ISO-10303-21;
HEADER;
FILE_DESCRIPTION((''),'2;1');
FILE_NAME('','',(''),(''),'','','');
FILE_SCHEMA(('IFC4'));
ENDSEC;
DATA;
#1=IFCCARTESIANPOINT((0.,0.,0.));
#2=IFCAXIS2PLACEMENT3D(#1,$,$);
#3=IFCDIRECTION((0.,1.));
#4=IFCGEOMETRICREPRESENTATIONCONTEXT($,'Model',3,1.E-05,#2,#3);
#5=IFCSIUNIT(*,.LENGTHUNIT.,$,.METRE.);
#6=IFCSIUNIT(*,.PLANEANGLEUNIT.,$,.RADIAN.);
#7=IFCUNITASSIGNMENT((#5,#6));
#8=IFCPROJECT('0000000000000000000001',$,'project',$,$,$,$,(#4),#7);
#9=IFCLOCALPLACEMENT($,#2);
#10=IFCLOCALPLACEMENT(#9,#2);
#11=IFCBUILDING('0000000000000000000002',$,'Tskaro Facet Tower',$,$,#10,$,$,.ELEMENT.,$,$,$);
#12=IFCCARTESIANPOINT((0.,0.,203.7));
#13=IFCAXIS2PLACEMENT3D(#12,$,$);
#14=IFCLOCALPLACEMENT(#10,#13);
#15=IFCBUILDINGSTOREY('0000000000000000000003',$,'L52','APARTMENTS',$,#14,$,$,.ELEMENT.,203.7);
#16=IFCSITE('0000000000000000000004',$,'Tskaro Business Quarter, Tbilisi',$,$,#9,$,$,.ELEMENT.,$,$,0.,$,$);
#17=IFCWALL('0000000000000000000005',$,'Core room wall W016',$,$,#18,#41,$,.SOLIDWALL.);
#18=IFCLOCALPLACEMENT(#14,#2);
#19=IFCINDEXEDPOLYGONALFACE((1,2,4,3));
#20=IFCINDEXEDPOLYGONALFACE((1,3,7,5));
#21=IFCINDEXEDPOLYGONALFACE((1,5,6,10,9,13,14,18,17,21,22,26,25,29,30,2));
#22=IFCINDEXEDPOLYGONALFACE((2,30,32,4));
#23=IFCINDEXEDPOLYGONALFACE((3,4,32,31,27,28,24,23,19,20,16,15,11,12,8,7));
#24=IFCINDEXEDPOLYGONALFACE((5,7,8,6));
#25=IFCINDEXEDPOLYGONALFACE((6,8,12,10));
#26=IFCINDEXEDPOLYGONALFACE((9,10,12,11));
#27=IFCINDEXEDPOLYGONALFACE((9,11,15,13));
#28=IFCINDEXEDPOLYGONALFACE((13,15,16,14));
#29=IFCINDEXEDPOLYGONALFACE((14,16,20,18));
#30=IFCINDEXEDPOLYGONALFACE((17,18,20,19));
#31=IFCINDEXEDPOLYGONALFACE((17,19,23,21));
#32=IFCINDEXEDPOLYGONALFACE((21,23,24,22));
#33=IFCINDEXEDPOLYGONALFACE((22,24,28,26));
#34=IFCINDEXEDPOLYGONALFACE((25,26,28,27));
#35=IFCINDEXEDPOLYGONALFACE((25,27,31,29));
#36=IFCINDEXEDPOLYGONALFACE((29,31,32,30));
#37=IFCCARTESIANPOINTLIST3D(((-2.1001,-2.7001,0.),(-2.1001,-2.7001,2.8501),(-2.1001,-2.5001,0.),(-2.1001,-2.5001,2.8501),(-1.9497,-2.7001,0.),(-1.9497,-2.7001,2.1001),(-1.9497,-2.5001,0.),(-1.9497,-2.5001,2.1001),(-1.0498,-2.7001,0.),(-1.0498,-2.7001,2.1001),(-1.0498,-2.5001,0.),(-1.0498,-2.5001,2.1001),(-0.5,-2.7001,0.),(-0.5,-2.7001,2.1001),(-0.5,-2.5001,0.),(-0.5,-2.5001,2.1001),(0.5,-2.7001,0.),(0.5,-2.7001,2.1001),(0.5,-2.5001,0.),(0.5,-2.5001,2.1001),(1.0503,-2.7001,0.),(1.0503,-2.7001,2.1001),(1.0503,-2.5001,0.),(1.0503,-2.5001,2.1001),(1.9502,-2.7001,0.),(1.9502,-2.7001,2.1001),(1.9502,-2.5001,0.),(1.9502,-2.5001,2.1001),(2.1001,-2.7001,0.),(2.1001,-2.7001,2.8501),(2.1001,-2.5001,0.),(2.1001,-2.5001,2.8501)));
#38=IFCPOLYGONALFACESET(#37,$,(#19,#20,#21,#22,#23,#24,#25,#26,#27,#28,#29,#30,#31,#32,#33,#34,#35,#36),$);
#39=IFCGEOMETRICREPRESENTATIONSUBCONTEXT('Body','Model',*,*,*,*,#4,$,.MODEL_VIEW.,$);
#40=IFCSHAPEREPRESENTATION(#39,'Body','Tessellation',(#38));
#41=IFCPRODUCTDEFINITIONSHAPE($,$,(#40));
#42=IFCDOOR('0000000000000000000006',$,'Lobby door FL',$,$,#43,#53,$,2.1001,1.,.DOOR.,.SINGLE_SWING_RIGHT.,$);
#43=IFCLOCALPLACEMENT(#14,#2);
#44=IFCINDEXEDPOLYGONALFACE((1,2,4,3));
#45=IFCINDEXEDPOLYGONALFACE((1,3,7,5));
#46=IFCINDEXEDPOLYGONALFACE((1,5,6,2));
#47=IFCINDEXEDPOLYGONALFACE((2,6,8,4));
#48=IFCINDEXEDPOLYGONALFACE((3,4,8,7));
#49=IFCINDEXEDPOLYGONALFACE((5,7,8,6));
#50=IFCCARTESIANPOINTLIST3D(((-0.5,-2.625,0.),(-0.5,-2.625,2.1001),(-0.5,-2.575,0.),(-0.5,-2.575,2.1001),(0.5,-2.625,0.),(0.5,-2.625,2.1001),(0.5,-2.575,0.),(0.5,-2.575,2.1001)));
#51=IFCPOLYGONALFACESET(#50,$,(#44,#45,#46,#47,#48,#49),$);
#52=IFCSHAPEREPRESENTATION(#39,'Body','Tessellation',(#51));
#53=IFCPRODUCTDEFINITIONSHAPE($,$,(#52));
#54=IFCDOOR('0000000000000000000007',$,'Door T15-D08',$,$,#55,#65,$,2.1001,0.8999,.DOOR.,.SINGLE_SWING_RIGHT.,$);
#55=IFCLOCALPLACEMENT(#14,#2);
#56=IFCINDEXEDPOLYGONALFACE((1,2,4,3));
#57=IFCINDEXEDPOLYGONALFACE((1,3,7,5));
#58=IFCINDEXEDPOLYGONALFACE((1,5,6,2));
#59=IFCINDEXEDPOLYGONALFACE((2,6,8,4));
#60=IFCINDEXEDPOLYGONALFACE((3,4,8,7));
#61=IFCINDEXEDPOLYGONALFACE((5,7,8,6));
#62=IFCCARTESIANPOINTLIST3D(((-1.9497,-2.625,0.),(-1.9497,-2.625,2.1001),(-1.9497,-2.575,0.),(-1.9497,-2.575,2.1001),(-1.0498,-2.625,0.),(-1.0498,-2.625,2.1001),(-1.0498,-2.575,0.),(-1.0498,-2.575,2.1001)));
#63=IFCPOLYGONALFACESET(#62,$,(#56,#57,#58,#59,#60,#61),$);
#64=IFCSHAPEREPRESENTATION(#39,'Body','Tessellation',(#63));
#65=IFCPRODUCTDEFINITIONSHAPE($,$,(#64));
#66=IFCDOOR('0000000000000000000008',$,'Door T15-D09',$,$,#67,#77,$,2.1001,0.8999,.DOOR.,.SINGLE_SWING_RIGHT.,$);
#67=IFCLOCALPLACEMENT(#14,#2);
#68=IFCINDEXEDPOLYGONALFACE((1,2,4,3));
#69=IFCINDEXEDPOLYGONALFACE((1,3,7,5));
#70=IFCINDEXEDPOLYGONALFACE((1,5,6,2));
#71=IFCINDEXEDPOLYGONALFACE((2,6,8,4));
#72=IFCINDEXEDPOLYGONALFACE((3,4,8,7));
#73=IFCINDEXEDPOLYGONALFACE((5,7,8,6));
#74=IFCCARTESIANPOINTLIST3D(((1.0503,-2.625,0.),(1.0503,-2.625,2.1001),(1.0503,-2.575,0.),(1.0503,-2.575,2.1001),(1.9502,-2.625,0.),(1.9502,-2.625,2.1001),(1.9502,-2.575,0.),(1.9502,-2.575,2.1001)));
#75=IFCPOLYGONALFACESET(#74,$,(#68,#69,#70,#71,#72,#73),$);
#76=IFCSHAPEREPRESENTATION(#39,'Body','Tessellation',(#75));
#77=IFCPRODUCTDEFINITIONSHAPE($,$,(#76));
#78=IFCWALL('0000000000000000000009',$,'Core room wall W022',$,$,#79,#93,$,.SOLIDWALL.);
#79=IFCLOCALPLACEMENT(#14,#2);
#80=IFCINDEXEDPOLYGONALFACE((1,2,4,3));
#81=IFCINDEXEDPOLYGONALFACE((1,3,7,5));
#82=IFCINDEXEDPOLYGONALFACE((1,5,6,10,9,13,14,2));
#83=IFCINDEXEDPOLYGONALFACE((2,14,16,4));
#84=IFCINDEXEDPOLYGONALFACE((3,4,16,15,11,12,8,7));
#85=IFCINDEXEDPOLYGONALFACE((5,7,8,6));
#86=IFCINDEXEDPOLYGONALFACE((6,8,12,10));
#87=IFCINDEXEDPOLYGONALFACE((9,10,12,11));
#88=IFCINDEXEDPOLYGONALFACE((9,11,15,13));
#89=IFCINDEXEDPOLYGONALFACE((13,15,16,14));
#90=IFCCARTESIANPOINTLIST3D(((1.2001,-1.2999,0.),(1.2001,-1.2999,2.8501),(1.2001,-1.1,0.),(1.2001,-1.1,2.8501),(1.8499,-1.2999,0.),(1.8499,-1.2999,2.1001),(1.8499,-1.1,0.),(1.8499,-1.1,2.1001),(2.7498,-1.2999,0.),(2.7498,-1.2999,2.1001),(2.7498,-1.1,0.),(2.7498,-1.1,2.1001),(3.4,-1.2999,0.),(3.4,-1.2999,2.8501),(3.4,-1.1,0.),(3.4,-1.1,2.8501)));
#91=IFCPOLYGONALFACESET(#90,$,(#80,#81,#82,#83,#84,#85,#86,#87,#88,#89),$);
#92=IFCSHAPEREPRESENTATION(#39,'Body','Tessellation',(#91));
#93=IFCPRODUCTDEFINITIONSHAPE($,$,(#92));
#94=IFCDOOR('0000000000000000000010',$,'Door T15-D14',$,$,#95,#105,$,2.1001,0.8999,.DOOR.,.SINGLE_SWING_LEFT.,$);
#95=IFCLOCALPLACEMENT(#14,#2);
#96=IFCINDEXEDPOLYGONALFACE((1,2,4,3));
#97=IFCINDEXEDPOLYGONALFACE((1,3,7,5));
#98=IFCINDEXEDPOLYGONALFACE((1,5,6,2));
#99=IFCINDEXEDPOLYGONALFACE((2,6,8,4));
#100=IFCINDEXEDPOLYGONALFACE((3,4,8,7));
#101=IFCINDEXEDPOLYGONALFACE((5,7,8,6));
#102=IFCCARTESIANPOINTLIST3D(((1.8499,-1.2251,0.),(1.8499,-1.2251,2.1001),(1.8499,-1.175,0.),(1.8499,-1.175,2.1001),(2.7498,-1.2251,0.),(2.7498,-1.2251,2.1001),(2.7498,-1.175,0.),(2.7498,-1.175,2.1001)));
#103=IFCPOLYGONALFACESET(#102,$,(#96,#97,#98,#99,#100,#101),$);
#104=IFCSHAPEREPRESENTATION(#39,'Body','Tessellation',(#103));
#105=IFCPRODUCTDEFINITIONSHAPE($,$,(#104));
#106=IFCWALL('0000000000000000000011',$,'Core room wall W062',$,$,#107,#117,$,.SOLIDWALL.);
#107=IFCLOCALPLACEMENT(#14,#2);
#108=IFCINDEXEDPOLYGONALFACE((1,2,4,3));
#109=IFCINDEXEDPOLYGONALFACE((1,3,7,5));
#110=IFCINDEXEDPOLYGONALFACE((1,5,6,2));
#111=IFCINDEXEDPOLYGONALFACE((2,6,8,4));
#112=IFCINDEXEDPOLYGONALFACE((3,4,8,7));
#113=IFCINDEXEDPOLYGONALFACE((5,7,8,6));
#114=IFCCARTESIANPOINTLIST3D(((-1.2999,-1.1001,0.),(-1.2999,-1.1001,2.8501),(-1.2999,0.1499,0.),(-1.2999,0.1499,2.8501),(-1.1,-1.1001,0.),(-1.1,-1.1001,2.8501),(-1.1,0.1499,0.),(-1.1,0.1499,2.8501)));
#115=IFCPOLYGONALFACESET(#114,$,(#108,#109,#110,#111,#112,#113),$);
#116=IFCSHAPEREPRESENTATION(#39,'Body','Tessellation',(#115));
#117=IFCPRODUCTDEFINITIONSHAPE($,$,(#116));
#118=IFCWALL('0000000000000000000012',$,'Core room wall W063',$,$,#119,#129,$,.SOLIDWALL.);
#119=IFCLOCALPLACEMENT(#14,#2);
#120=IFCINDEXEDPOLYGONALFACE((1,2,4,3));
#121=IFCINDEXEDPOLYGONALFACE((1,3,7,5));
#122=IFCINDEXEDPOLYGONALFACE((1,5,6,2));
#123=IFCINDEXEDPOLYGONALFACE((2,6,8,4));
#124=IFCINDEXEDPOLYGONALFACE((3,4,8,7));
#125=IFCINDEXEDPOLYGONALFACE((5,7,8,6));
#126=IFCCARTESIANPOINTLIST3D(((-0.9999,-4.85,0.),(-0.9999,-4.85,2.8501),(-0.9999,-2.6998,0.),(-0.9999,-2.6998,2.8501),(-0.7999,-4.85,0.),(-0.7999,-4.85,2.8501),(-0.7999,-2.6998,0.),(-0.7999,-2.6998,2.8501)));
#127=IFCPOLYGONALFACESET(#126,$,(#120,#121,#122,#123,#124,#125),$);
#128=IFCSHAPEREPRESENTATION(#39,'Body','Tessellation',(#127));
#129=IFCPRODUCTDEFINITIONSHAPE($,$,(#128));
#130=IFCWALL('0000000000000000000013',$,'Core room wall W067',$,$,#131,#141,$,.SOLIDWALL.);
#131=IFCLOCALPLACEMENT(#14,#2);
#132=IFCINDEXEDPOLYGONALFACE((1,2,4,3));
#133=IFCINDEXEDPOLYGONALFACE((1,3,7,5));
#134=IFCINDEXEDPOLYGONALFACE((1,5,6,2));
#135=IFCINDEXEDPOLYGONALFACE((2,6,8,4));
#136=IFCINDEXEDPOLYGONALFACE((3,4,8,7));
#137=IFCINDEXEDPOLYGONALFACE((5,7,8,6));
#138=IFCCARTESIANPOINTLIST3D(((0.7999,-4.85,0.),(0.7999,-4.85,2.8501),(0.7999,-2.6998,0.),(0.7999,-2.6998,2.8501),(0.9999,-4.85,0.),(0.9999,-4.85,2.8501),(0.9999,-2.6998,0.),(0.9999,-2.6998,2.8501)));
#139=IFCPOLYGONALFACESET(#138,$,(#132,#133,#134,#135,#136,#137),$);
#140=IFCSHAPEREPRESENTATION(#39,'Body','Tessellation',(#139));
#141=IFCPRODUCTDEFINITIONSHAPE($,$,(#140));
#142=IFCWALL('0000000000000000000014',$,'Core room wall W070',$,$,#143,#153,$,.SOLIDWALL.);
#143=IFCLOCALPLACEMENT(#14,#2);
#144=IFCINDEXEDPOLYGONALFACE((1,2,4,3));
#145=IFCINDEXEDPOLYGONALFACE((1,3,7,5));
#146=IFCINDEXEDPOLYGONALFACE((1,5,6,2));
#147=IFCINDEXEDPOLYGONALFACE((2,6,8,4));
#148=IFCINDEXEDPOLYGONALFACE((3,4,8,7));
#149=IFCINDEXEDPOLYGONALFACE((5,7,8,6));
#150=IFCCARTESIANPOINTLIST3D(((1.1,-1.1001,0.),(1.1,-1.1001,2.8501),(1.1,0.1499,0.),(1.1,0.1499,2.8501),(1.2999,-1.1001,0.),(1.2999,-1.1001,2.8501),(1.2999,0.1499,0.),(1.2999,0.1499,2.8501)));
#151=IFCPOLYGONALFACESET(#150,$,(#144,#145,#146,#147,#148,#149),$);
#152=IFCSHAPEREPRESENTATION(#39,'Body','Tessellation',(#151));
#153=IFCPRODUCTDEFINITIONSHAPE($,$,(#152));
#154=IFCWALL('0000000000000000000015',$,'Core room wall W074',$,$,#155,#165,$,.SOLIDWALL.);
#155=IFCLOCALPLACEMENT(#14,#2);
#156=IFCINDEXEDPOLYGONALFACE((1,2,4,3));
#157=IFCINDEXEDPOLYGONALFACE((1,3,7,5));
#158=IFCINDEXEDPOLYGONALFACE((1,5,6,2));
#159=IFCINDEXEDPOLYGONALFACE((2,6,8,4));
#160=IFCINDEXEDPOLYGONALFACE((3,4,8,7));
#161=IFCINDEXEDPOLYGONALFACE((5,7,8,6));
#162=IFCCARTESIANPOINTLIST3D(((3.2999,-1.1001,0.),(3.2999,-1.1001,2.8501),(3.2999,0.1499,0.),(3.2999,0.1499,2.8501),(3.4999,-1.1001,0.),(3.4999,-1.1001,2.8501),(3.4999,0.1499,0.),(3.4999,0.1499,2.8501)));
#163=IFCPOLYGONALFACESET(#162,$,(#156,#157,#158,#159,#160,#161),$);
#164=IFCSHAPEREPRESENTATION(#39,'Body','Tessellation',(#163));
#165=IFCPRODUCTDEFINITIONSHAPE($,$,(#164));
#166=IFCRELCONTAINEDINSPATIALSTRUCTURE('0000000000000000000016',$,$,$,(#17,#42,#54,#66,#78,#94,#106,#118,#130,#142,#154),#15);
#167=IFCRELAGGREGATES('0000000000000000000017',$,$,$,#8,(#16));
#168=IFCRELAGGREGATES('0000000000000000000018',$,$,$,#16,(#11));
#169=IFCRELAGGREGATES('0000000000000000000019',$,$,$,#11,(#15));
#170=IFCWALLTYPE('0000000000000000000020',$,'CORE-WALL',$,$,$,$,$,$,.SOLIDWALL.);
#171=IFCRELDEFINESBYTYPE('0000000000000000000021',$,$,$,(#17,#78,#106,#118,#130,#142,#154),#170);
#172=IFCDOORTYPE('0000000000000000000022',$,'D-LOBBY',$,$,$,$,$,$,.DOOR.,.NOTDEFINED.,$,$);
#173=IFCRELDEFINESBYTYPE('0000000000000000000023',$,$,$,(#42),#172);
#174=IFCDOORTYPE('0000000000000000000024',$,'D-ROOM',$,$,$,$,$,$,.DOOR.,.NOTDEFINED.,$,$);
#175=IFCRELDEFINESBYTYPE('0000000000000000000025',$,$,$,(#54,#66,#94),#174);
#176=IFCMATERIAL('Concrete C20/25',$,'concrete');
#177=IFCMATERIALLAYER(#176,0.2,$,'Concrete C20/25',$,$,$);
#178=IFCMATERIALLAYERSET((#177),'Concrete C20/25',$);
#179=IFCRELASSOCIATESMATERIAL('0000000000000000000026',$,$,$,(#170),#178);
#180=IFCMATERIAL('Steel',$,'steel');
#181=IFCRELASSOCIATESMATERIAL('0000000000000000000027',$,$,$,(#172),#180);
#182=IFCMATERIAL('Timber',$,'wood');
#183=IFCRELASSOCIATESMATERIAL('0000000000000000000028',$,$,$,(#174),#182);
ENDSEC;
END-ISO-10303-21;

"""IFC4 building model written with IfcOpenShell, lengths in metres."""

from ifc_helpers import new_model, si_unit, direction, frame, frame_2d, origin, place, context, subcontext, project, spatial, rectangle, extrude, material, layer, layer_set, type_object, element, fill, save


model = new_model("IFC4")

# Units and contexts
model_context = context("Model", 3, precision=1e-05, world=origin(), true_north=direction((0.0, 1.0)))
body_context = subcontext(model_context, "Body", "Model", "MODEL_VIEW")
ifc_project = project(units=[si_unit("LENGTHUNIT", "METRE"), si_unit("PLANEANGLEUNIT", "RADIAN")], contexts=[model_context])

# Site, building, storey
site_placement = place(None, origin())
site = spatial("IfcSite", under=ifc_project, at=site_placement, Name="Tskaro Business Quarter, Tbilisi", CompositionType="ELEMENT", RefElevation=0.0)
building_placement = place(site_placement, origin())
building = spatial("IfcBuilding", under=site, at=building_placement, Name="Tskaro Facet Tower", CompositionType="ELEMENT")
storey_placement = place(building_placement, frame((0.0, 0.0, 203.7)))
storey = spatial("IfcBuildingStorey", under=building, at=storey_placement, Name="L52", Description="APARTMENTS", CompositionType="ELEMENT", Elevation=203.7)

# Shared definitions
ifc_material_1 = material(Name="Steel", Category="steel")

# Shared definitions
ifc_material_2 = material(Name="Concrete C20/25", Category="concrete")
ifc_layer_1 = layer(ifc_material_2, 0.2, Name="Concrete C20/25")
ifc_layer_set_1 = layer_set([ifc_layer_1], Name="Concrete C20/25")
wall_type_1 = type_object("IfcWallType", Name="CORE-WALL", PredefinedType="SOLIDWALL", material=ifc_layer_set_1)

# Wall, openings, doors
wall_1_placement = place(storey_placement, frame((2.1001, -2.6001, 0.0), z_axis=(0.0, 0.0, 1.0), x_axis=(-1.0, 0.0, 0.0)))
wall_1 = element("IfcWall", 1, at=wall_1_placement, inside=storey, type_object=wall_type_1, Name="Core room wall W016", PredefinedType="SOLIDWALL", context=body_context, shape_type="SweptSolid", body=[
    extrude(rectangle(XDim=4.2002, YDim=0.2, at=frame_2d((2.1001, 0.0))), origin(), (0.0, 0.0, 1.0), 2.8501),
])
opening_1_placement = place(wall_1_placement, frame((1.6001, 0.0, 0.0)))
opening_1 = element("IfcOpeningElement", 2, at=opening_1_placement, cuts=wall_1, PredefinedType="OPENING", context=body_context, shape_type="SweptSolid", body=[
    extrude(rectangle(XDim=1.0, YDim=2.1001, at=frame_2d((0.5, 1.05))), frame((0.0, 0.1099, 0.0), z_axis=(0.0, -1.0, 0.0), x_axis=(1.0, 0.0, 0.0)), (0.0, 0.0, 1.0), 0.22),
])
opening_2_placement = place(wall_1_placement, frame((3.1499, 0.0, 0.0)))
opening_2 = element("IfcOpeningElement", 3, at=opening_2_placement, cuts=wall_1, PredefinedType="OPENING", context=body_context, shape_type="SweptSolid", body=[
    extrude(rectangle(XDim=0.8999, YDim=2.1001, at=frame_2d((0.45, 1.05))), frame((0.0, 0.1099, 0.0), z_axis=(0.0, -1.0, 0.0), x_axis=(1.0, 0.0, 0.0)), (0.0, 0.0, 1.0), 0.22),
])
opening_3_placement = place(wall_1_placement, frame((0.1499, 0.0, 0.0)))
opening_3 = element("IfcOpeningElement", 4, at=opening_3_placement, cuts=wall_1, PredefinedType="OPENING", context=body_context, shape_type="SweptSolid", body=[
    extrude(rectangle(XDim=0.8999, YDim=2.1001, at=frame_2d((0.45, 1.05))), frame((0.0, 0.1099, 0.0), z_axis=(0.0, -1.0, 0.0), x_axis=(1.0, 0.0, 0.0)), (0.0, 0.0, 1.0), 0.22),
])
door_type_1 = type_object("IfcDoorType", Name="D-LOBBY", OperationType="NOTDEFINED", PredefinedType="DOOR", material=ifc_material_1)
door_1_placement = place(opening_1_placement, origin())
door_1 = element("IfcDoor", 5, at=door_1_placement, inside=storey, type_object=door_type_1, Name="Lobby door FL", OperationType="SINGLE_SWING_RIGHT", OverallHeight=2.1001, OverallWidth=1.0, PredefinedType="DOOR", context=body_context, shape_type="SweptSolid", body=[
    extrude(rectangle(XDim=1.0, YDim=2.1001, at=frame_2d((0.5, 1.05))), frame((0.0, 0.0249, 0.0), z_axis=(0.0, -1.0, 0.0), x_axis=(1.0, 0.0, 0.0)), (0.0, 0.0, 1.0), 0.05),
])
fill(opening_1, door_1)
ifc_material_3 = material(Name="Timber", Category="wood")
door_type_2 = type_object("IfcDoorType", Name="D-ROOM", OperationType="NOTDEFINED", PredefinedType="DOOR", material=ifc_material_3)
door_2_placement = place(opening_2_placement, origin())
door_2 = element("IfcDoor", 6, at=door_2_placement, inside=storey, type_object=door_type_2, Name="Door T15-D08", OperationType="SINGLE_SWING_RIGHT", OverallHeight=2.1001, OverallWidth=0.8999, PredefinedType="DOOR", context=body_context, shape_type="SweptSolid", body=[
    extrude(rectangle(XDim=0.8999, YDim=2.1001, at=frame_2d((0.45, 1.05))), frame((0.0, 0.0249, 0.0), z_axis=(0.0, -1.0, 0.0), x_axis=(1.0, 0.0, 0.0)), (0.0, 0.0, 1.0), 0.05),
])
fill(opening_2, door_2)
door_3_placement = place(opening_3_placement, origin())
door_3 = element("IfcDoor", 7, at=door_3_placement, inside=storey, type_object=door_type_2, Name="Door T15-D09", OperationType="SINGLE_SWING_RIGHT", OverallHeight=2.1001, OverallWidth=0.8999, PredefinedType="DOOR", context=body_context, shape_type="SweptSolid", body=[
    extrude(rectangle(XDim=0.8999, YDim=2.1001, at=frame_2d((0.45, 1.05))), frame((0.0, 0.0249, 0.0), z_axis=(0.0, -1.0, 0.0), x_axis=(1.0, 0.0, 0.0)), (0.0, 0.0, 1.0), 0.05),
])
fill(opening_3, door_3)

# Wall, opening, door
wall_2_placement = place(storey_placement, frame((1.2, -1.2, 0.0), z_axis=(0.0, 0.0, 1.0), x_axis=(1.0, 0.0, 0.0)))
wall_2 = element("IfcWall", 8, at=wall_2_placement, inside=storey, type_object=wall_type_1, Name="Core room wall W022", PredefinedType="SOLIDWALL", context=body_context, shape_type="SweptSolid", body=[
    extrude(rectangle(XDim=2.2, YDim=0.2, at=frame_2d((1.1001, 0.0))), origin(), (0.0, 0.0, 1.0), 2.8501),
])
opening_4_placement = place(wall_2_placement, frame((0.6499, 0.0, 0.0)))
opening_4 = element("IfcOpeningElement", 9, at=opening_4_placement, cuts=wall_2, PredefinedType="OPENING", context=body_context, shape_type="SweptSolid", body=[
    extrude(rectangle(XDim=0.8999, YDim=2.1001, at=frame_2d((0.45, 1.05))), frame((0.0, 0.1099, 0.0), z_axis=(0.0, -1.0, 0.0), x_axis=(1.0, 0.0, 0.0)), (0.0, 0.0, 1.0), 0.22),
])
door_4_placement = place(opening_4_placement, origin())
door_4 = element("IfcDoor", 10, at=door_4_placement, inside=storey, type_object=door_type_2, Name="Door T15-D14", OperationType="SINGLE_SWING_LEFT", OverallHeight=2.1001, OverallWidth=0.8999, PredefinedType="DOOR", context=body_context, shape_type="SweptSolid", body=[
    extrude(rectangle(XDim=0.8999, YDim=2.1001, at=frame_2d((0.45, 1.05))), frame((0.0, 0.0249, 0.0), z_axis=(0.0, -1.0, 0.0), x_axis=(1.0, 0.0, 0.0)), (0.0, 0.0, 1.0), 0.05),
])
fill(opening_4, door_4)

# Walls
wall_3_placement = place(storey_placement, frame((-1.2, -1.1001, 0.0), z_axis=(0.0, 0.0, 1.0), x_axis=(0.0, 1.0, 0.0)))
element("IfcWall", 11, at=wall_3_placement, inside=storey, type_object=wall_type_1, Name="Core room wall W062", PredefinedType="SOLIDWALL", context=body_context, shape_type="SweptSolid", body=[
    extrude(rectangle(XDim=1.25, YDim=0.2, at=frame_2d((0.625, 0.0))), origin(), (0.0, 0.0, 1.0), 2.8501),
])
for number, where, z_axis, x_axis, name in (
    (12, (-0.8999, -4.8501, 0.0), (0.0, 0.0, 1.0), (0.0, 1.0, 0.0), "Core room wall W063"),
    (13, (0.8999, -4.8501, 0.0), (0.0, 0.0, 1.0), (0.0, 1.0, 0.0), "Core room wall W067"),
):
    element("IfcWall", number, at=place(storey_placement, frame(where, z_axis=z_axis, x_axis=x_axis)), inside=storey, type_object=wall_type_1, Name=name, PredefinedType="SOLIDWALL", context=body_context, shape_type="SweptSolid", body=[
        extrude(rectangle(XDim=2.1501, YDim=0.2, at=frame_2d((1.0752, 0.0))), origin(), (0.0, 0.0, 1.0), 2.8501),
    ])
for number, where, z_axis, x_axis, name in (
    (14, (1.2, -1.1001, 0.0), (0.0, 0.0, 1.0), (0.0, 1.0, 0.0), "Core room wall W070"),
    (15, (3.3999, -1.1001, 0.0), (0.0, 0.0, 1.0), (0.0, 1.0, 0.0), "Core room wall W074"),
):
    element("IfcWall", number, at=place(storey_placement, frame(where, z_axis=z_axis, x_axis=x_axis)), inside=storey, type_object=wall_type_1, Name=name, PredefinedType="SOLIDWALL", context=body_context, shape_type="SweptSolid", body=[
        extrude(rectangle(XDim=1.25, YDim=0.2, at=frame_2d((0.625, 0.0))), origin(), (0.0, 0.0, 1.0), 2.8501),
    ])

save(model, "model.ifc")
